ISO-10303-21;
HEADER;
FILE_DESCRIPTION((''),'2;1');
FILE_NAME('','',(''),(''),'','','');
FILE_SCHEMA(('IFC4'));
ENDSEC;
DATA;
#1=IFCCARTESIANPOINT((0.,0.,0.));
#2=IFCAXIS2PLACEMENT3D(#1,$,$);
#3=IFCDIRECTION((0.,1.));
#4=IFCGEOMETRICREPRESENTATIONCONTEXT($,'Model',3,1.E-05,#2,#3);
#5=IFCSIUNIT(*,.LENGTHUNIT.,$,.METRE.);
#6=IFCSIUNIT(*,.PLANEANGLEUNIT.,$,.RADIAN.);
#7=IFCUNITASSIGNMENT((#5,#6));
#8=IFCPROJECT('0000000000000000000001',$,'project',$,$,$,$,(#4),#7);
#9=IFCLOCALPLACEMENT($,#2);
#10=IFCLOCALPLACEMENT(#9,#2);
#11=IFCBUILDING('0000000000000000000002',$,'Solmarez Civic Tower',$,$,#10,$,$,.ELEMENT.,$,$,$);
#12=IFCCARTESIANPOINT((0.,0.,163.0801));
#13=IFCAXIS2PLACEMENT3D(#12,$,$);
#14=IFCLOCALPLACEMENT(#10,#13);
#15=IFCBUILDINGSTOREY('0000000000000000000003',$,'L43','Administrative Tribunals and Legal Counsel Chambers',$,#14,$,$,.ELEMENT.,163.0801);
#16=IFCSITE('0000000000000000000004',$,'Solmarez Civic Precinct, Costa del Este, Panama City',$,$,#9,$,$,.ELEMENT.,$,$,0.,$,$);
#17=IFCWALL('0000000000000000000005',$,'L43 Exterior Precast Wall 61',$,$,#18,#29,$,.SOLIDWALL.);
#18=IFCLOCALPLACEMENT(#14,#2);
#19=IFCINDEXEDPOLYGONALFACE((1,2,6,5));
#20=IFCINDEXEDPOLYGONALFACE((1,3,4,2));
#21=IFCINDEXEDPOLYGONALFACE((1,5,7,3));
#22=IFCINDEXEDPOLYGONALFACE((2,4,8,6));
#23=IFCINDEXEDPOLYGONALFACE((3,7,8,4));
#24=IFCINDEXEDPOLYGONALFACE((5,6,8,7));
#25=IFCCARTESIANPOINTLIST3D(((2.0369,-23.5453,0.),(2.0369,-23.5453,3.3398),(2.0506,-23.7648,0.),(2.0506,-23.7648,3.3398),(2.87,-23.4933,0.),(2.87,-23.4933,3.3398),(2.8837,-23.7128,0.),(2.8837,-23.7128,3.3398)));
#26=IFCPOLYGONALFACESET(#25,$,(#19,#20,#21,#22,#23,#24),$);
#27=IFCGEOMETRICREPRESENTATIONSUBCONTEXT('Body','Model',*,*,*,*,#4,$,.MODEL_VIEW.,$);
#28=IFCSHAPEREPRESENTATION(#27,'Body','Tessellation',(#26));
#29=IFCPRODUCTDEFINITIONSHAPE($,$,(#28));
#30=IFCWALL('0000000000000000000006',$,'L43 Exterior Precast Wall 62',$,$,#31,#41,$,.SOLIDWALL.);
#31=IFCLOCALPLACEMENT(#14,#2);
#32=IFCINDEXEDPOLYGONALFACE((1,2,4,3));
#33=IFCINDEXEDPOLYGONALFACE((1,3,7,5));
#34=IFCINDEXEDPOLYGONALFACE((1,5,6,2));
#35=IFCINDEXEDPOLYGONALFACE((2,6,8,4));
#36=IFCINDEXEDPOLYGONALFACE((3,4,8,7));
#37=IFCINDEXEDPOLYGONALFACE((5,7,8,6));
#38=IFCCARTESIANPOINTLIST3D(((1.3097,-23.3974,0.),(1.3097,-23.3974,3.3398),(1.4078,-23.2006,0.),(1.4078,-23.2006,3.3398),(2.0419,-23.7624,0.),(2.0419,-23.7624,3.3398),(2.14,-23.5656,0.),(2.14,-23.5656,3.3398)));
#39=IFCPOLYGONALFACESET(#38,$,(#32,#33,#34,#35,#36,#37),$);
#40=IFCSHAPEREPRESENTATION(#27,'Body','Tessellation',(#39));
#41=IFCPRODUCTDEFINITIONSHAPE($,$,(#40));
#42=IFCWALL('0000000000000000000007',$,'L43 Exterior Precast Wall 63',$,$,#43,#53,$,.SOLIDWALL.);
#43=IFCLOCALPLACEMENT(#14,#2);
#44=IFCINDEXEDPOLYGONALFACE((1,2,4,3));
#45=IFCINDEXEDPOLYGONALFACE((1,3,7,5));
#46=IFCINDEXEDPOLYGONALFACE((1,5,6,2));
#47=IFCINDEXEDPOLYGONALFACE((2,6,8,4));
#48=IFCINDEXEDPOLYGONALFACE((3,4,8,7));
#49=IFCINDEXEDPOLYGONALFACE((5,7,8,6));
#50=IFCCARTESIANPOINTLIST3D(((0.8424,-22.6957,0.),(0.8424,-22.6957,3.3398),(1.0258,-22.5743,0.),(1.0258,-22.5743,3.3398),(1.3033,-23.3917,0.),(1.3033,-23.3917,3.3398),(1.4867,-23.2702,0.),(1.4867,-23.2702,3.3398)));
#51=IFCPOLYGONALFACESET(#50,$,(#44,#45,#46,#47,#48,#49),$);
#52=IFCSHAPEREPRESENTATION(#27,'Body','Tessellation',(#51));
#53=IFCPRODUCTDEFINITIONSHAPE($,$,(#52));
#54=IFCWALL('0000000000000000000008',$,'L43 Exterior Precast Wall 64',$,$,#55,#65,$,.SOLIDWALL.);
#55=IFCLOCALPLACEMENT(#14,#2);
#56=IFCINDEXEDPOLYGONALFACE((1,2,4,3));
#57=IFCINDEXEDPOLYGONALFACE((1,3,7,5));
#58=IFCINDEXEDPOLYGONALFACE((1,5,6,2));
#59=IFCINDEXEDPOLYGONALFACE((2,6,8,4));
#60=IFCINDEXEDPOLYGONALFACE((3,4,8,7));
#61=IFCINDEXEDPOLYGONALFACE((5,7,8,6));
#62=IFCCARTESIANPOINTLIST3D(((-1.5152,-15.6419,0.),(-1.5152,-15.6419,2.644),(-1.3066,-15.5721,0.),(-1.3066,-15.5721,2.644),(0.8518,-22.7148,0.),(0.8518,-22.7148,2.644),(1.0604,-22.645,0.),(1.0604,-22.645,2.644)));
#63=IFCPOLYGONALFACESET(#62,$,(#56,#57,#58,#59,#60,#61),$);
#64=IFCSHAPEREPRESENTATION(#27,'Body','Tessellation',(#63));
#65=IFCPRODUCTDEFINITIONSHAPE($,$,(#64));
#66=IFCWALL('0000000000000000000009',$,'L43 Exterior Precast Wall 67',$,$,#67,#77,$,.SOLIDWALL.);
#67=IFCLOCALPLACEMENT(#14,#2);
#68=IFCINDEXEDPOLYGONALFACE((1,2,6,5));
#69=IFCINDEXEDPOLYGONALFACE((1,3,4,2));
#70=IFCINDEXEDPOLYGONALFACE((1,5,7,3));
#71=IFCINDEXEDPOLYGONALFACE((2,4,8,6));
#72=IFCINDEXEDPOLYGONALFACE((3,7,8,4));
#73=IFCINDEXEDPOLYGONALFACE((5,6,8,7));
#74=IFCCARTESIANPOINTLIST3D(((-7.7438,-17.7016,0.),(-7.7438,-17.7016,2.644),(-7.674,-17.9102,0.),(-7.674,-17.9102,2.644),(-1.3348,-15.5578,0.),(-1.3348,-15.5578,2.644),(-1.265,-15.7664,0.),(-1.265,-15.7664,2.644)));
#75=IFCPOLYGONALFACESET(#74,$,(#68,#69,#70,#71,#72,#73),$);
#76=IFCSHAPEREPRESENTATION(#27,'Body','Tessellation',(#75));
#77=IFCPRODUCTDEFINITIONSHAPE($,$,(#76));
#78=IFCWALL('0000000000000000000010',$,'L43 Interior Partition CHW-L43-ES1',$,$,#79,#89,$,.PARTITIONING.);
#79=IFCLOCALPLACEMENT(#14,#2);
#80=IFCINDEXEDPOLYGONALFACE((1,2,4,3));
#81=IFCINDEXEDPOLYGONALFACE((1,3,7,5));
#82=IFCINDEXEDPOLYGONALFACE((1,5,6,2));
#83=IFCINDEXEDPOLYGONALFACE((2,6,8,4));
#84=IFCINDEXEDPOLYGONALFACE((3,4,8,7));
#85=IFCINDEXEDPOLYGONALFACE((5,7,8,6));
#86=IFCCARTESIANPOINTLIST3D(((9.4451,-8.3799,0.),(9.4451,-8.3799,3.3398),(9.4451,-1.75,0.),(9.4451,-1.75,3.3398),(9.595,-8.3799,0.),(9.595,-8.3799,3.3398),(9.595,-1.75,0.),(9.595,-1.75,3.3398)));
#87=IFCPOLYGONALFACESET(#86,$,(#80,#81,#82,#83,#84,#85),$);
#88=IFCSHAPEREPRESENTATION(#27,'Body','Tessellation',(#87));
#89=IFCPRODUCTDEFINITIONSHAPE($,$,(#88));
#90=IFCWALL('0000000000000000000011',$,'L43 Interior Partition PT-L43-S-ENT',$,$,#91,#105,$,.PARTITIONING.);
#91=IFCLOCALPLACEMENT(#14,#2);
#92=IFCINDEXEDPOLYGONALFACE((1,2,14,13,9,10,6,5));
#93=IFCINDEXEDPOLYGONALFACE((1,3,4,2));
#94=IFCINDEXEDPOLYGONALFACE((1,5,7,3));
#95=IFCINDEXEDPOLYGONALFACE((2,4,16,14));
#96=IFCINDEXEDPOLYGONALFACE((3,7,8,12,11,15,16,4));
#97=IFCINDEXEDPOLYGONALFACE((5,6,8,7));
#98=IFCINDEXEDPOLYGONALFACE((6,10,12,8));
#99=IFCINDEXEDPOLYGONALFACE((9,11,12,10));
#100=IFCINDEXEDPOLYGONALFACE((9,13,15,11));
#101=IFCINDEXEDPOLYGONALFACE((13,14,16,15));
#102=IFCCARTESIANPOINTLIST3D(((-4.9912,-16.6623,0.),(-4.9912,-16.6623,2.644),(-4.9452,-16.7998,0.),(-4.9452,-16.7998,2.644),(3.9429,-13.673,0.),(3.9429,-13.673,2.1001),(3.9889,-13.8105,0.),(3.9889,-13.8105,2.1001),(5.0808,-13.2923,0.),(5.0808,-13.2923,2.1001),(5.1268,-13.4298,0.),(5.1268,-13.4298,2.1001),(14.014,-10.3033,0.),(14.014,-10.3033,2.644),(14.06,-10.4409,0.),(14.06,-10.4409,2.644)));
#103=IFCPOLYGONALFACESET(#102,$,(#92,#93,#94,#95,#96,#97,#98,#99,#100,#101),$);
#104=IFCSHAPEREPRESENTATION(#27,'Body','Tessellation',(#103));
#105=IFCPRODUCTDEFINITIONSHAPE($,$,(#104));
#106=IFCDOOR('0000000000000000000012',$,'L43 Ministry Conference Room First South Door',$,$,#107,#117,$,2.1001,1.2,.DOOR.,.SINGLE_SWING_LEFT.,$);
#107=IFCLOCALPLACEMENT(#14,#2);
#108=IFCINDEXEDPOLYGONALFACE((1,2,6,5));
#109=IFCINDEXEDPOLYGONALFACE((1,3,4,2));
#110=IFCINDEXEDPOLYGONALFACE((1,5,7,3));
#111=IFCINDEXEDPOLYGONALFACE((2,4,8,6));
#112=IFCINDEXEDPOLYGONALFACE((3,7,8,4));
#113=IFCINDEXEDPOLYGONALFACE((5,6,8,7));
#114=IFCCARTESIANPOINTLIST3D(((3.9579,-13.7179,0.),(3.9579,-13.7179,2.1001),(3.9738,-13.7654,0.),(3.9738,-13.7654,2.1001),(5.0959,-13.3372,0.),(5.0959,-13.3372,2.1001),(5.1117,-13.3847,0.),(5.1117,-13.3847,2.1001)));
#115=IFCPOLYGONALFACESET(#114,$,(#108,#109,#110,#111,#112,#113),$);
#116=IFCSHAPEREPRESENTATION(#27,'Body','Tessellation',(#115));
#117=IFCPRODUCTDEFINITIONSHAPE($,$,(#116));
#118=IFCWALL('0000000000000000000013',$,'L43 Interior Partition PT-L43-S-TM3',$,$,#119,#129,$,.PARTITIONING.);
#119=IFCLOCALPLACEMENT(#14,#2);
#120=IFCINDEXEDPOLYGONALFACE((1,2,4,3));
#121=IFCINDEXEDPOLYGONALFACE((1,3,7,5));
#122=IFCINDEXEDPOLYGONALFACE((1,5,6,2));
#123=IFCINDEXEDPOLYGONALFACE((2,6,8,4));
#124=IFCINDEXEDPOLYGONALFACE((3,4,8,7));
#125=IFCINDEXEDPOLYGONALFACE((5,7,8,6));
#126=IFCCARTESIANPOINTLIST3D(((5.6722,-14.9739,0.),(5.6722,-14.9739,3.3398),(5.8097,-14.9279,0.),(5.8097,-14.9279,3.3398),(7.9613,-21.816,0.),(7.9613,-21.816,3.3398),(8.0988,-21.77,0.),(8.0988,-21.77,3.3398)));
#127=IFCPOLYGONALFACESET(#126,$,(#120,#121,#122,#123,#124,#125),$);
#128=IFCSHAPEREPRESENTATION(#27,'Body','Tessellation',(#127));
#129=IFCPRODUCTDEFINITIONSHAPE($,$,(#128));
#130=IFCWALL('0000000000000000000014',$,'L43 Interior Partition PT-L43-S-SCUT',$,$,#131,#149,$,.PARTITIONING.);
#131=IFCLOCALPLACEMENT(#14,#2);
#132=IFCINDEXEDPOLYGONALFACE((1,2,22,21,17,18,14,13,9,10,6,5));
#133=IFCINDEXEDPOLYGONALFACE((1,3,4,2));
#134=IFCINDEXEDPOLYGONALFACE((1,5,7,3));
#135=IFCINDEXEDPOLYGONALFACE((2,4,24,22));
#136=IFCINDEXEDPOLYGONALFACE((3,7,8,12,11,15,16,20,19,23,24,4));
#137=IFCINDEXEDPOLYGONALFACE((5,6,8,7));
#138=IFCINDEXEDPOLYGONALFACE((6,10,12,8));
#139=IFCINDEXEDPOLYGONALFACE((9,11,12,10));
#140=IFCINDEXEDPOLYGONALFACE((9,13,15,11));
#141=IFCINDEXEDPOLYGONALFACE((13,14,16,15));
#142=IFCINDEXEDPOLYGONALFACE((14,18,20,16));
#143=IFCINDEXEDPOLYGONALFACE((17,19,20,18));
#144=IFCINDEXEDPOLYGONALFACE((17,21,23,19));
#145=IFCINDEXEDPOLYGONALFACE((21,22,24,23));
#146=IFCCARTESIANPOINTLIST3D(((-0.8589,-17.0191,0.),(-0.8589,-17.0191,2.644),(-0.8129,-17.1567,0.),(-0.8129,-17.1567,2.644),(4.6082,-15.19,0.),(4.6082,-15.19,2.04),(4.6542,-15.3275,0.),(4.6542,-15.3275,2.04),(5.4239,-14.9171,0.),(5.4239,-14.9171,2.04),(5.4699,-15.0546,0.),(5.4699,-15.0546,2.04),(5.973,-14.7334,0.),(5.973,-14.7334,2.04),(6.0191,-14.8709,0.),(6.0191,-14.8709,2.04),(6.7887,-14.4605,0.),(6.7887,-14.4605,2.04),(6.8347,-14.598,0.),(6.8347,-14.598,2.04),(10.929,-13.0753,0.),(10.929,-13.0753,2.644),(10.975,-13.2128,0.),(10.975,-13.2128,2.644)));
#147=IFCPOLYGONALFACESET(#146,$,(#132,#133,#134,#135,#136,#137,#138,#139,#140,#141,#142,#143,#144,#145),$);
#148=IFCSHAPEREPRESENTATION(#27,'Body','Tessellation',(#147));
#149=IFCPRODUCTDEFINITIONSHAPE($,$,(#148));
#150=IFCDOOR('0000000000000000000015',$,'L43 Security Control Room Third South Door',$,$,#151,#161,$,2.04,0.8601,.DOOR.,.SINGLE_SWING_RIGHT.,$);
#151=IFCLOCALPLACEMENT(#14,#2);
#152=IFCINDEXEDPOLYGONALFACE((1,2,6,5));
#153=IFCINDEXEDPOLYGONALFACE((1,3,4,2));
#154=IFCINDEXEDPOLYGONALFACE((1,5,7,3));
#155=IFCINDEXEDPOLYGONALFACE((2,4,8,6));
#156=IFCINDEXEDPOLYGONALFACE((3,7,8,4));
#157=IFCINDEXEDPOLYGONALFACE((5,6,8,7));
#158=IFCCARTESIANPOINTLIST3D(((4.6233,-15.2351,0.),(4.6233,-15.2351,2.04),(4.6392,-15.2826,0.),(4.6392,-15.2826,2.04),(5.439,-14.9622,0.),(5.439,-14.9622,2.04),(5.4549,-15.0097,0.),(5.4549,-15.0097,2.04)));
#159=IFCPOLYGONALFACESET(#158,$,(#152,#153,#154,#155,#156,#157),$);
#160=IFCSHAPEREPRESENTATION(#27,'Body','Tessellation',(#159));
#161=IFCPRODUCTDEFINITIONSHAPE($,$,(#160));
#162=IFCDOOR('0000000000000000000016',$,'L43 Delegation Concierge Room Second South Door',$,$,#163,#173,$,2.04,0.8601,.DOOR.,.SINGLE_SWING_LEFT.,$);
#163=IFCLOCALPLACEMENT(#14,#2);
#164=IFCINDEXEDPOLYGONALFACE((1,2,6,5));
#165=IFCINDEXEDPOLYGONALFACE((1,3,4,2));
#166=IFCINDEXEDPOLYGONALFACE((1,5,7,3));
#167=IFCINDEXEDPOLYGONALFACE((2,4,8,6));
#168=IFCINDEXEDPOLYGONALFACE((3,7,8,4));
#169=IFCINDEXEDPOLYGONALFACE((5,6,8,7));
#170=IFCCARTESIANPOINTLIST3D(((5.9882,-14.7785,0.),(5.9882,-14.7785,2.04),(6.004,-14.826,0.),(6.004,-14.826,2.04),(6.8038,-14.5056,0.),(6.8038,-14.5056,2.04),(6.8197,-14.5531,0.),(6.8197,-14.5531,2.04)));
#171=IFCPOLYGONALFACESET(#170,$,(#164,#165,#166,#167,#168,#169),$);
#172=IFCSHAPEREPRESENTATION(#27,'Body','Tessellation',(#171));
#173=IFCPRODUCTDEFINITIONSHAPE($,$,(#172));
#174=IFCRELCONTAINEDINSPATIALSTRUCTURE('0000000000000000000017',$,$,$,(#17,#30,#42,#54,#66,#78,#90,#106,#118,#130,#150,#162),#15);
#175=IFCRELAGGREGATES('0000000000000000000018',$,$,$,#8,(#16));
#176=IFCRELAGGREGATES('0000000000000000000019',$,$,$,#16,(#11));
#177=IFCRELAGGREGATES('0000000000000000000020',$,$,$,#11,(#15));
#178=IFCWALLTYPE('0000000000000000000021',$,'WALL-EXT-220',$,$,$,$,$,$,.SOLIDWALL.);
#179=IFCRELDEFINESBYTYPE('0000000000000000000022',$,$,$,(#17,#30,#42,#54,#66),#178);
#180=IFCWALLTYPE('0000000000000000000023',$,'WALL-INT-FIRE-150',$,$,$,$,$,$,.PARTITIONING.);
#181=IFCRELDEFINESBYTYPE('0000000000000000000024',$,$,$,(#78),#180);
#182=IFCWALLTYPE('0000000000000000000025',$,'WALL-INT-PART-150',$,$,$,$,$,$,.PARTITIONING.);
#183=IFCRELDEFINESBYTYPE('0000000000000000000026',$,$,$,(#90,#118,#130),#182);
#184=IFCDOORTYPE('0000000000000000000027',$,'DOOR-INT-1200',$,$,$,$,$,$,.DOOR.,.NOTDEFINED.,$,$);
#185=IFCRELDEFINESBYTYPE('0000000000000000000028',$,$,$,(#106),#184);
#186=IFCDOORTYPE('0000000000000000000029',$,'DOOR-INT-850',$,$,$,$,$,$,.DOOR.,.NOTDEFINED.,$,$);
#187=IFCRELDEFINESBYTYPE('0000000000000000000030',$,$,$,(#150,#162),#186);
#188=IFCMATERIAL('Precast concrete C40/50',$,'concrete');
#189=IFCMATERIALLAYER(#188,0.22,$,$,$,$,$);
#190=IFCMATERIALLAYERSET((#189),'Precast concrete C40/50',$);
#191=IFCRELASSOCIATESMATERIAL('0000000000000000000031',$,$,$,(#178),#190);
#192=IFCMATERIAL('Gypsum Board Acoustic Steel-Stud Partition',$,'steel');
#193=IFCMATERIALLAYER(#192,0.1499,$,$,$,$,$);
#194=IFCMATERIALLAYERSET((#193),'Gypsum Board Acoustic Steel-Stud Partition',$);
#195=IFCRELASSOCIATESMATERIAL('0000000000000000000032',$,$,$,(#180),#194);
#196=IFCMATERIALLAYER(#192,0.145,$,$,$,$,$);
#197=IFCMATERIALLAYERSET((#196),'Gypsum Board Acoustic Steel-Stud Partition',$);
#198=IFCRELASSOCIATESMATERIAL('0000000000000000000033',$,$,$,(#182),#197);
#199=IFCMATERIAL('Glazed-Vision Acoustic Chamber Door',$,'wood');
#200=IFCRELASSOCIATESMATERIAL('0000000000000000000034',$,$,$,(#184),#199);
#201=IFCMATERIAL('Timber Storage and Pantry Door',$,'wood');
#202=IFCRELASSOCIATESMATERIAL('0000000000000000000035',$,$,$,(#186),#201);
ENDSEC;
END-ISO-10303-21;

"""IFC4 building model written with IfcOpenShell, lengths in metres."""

from ifc_helpers import new_model, si_unit, direction, frame, frame_2d, origin, place, context, subcontext, project, spatial, rectangle, extrude, material, layer, layer_set, type_object, element, fill, save


model = new_model("IFC4")

# Units and contexts
model_context = context("Model", 3, precision=1e-05, world=origin(), true_north=direction((0.0, 1.0)))
body_context = subcontext(model_context, "Body", "Model", "MODEL_VIEW")
ifc_project = project(units=[si_unit("LENGTHUNIT", "METRE"), si_unit("PLANEANGLEUNIT", "RADIAN")], contexts=[model_context])

# Site, building, storey
site_placement = place(None, origin())
site = spatial("IfcSite", under=ifc_project, at=site_placement, Name="Solmarez Civic Precinct, Costa del Este, Panama City", CompositionType="ELEMENT", RefElevation=0.0)
building_placement = place(site_placement, origin())
building = spatial("IfcBuilding", under=site, at=building_placement, Name="Solmarez Civic Tower", CompositionType="ELEMENT")
storey_placement = place(building_placement, frame((0.0, 0.0, 163.0801)))
storey = spatial("IfcBuildingStorey", under=building, at=storey_placement, Name="L43", Description="Administrative Tribunals and Legal Counsel Chambers", CompositionType="ELEMENT", Elevation=163.0801)

# Shared definitions
ifc_material_1 = material(Name="Precast concrete C40/50", Category="concrete")
ifc_layer_1 = layer(ifc_material_1, 0.22)
ifc_layer_set_1 = layer_set([ifc_layer_1], Name="Precast concrete C40/50")
wall_type_1 = type_object("IfcWallType", Name="WALL-EXT-220", PredefinedType="SOLIDWALL", material=ifc_layer_set_1)

# Walls
wall_1_placement = place(storey_placement, frame((2.877, -23.603, 0.0), z_axis=(0.0, 0.0, 1.0), x_axis=(-0.998057, -0.062305, 0.0)))
element("IfcWall", 1, at=wall_1_placement, inside=storey, type_object=wall_type_1, Name="L43 Exterior Precast Wall 61", PredefinedType="SOLIDWALL", context=body_context, shape_type="SweptSolid", body=[
    extrude(rectangle(XDim=0.8347, YDim=0.22, at=frame_2d((0.4175, 0.0))), origin(), (0.0, 0.0, 1.0), 3.3398),
])
wall_2_placement = place(storey_placement, frame((2.0911, -23.6641, 0.0), z_axis=(0.0, 0.0, 1.0), x_axis=(-0.894964, 0.446139, 0.0)))
element("IfcWall", 2, at=wall_2_placement, inside=storey, type_object=wall_type_1, Name="L43 Exterior Precast Wall 62", PredefinedType="SOLIDWALL", context=body_context, shape_type="SweptSolid", body=[
    extrude(rectangle(XDim=0.8181, YDim=0.22, at=frame_2d((0.4092, 0.0))), origin(), (0.0, 0.0, 1.0), 3.3398),
])
wall_3_placement = place(storey_placement, frame((1.395, -23.3311, 0.0), z_axis=(0.0, 0.0, 1.0), x_axis=(-0.552133, 0.833756, 0.0)))
element("IfcWall", 3, at=wall_3_placement, inside=storey, type_object=wall_type_1, Name="L43 Exterior Precast Wall 63", PredefinedType="SOLIDWALL", context=body_context, shape_type="SweptSolid", body=[
    extrude(rectangle(XDim=0.8347, YDim=0.22, at=frame_2d((0.4175, 0.0))), origin(), (0.0, 0.0, 1.0), 3.3398),
])
wall_4_placement = place(storey_placement, frame((0.9561, -22.6799, 0.0), z_axis=(0.0, 0.0, 1.0), x_axis=(-0.317347, 0.948309, 0.0)))
element("IfcWall", 4, at=wall_4_placement, inside=storey, type_object=wall_type_1, Name="L43 Exterior Precast Wall 64", PredefinedType="SOLIDWALL", context=body_context, shape_type="SweptSolid", body=[
    extrude(rectangle(XDim=7.4585, YDim=0.22, at=frame_2d((3.7292, 0.0))), origin(), (0.0, 0.0, 1.0), 2.644),
])
wall_5_placement = place(storey_placement, frame((-1.3, -15.6621, 0.0), z_axis=(0.0, 0.0, 1.0), x_axis=(-0.94835, -0.317225, 0.0)))
element("IfcWall", 5, at=wall_5_placement, inside=storey, type_object=wall_type_1, Name="L43 Exterior Precast Wall 67", PredefinedType="SOLIDWALL", context=body_context, shape_type="SweptSolid", body=[
    extrude(rectangle(XDim=6.7581, YDim=0.22, at=frame_2d((3.3789, 0.0))), origin(), (0.0, 0.0, 1.0), 2.644),
])
ifc_material_2 = material(Name="Gypsum Board Acoustic Steel-Stud Partition", Category="steel")
ifc_layer_2 = layer(ifc_material_2, 0.1499)
ifc_layer_set_2 = layer_set([ifc_layer_2], Name="Gypsum Board Acoustic Steel-Stud Partition")
wall_type_2 = type_object("IfcWallType", Name="WALL-INT-FIRE-150", PredefinedType="PARTITIONING", material=ifc_layer_set_2)
wall_6_placement = place(storey_placement, frame((9.52, -8.3799, 0.0), z_axis=(0.0, 0.0, 1.0), x_axis=(0.0, 1.0, 0.0)))
element("IfcWall", 6, at=wall_6_placement, inside=storey, type_object=wall_type_2, Name="L43 Interior Partition CHW-L43-ES1", PredefinedType="PARTITIONING", context=body_context, shape_type="SweptSolid", body=[
    extrude(rectangle(XDim=6.6299, YDim=0.1499, at=frame_2d((3.3149, 0.0))), origin(), (0.0, 0.0, 1.0), 3.3398),
])

# Wall, opening, door
ifc_layer_3 = layer(ifc_material_2, 0.145)
ifc_layer_set_3 = layer_set([ifc_layer_3], Name="Gypsum Board Acoustic Steel-Stud Partition")
wall_type_3 = type_object("IfcWallType", Name="WALL-INT-PART-150", PredefinedType="PARTITIONING", material=ifc_layer_set_3)
wall_7_placement = place(storey_placement, frame((14.0371, -10.3721, 0.0), z_axis=(0.0, 0.0, 1.0), x_axis=(-0.948326, -0.317298, 0.0)))
wall_7 = element("IfcWall", 7, at=wall_7_placement, inside=storey, type_object=wall_type_3, Name="L43 Interior Partition PT-L43-S-ENT", PredefinedType="PARTITIONING", context=body_context, shape_type="SweptSolid", body=[
    extrude(rectangle(XDim=20.0408, YDim=0.145, at=frame_2d((10.0205, 0.0))), origin(), (0.0, 0.0, 1.0), 2.644),
])
opening_1_placement = place(wall_7_placement, frame((9.4199, 0.0, 0.0)))
opening_1 = element("IfcOpeningElement", 8, at=opening_1_placement, cuts=wall_7, PredefinedType="OPENING", context=body_context, shape_type="SweptSolid", body=[
    extrude(rectangle(XDim=1.2, YDim=2.1001, at=frame_2d((0.6001, 1.05))), frame((0.0, 0.0825, 0.0), z_axis=(0.0, -1.0, 0.0), x_axis=(1.0, 0.0, 0.0)), (0.0, 0.0, 1.0), 0.165),
])
ifc_material_3 = material(Name="Glazed-Vision Acoustic Chamber Door", Category="wood")
door_type_1 = type_object("IfcDoorType", Name="DOOR-INT-1200", OperationType="NOTDEFINED", PredefinedType="DOOR", material=ifc_material_3)
door_1_placement = place(opening_1_placement, origin())
door_1 = element("IfcDoor", 9, at=door_1_placement, inside=storey, type_object=door_type_1, Name="L43 Ministry Conference Room First South Door", OperationType="SINGLE_SWING_LEFT", OverallHeight=2.1001, OverallWidth=1.2, PredefinedType="DOOR", context=body_context, shape_type="SweptSolid", body=[
    extrude(rectangle(XDim=1.2, YDim=2.1001, at=frame_2d((0.6001, 1.05))), frame((0.0, 0.0249, 0.0), z_axis=(0.0, -1.0, 0.0), x_axis=(1.0, 0.0, 0.0)), (0.0, 0.0, 1.0), 0.05),
])
fill(opening_1, door_1)

# Wall
wall_8_placement = place(storey_placement, frame((5.741, -14.9509, 0.0), z_axis=(0.0, 0.0, 1.0), x_axis=(0.317273, -0.948334, 0.0)))
element("IfcWall", 10, at=wall_8_placement, inside=storey, type_object=wall_type_3, Name="L43 Interior Partition PT-L43-S-TM3", PredefinedType="PARTITIONING", context=body_context, shape_type="SweptSolid", body=[
    extrude(rectangle(XDim=7.2148, YDim=0.145, at=frame_2d((3.6074, 0.0))), origin(), (0.0, 0.0, 1.0), 3.3398),
])

# Wall, openings, doors
wall_9_placement = place(storey_placement, frame((-0.8359, -17.0879, 0.0), z_axis=(0.0, 0.0, 1.0), x_axis=(0.948331, 0.317282, 0.0)))
wall_9 = element("IfcWall", 11, at=wall_9_placement, inside=storey, type_object=wall_type_3, Name="L43 Interior Partition PT-L43-S-SCUT", PredefinedType="PARTITIONING", context=body_context, shape_type="SweptSolid", body=[
    extrude(rectangle(XDim=12.4302, YDim=0.145, at=frame_2d((6.2151, 0.0))), origin(), (0.0, 0.0, 1.0), 2.644),
])
opening_2_placement = place(wall_9_placement, frame((5.7649, 0.0, 0.0)))
opening_2 = element("IfcOpeningElement", 12, at=opening_2_placement, cuts=wall_9, PredefinedType="OPENING", context=body_context, shape_type="SweptSolid", body=[
    extrude(rectangle(XDim=0.8601, YDim=2.04, at=frame_2d((0.4302, 1.02))), frame((0.0, 0.0825, 0.0), z_axis=(0.0, -1.0, 0.0), x_axis=(1.0, 0.0, 0.0)), (0.0, 0.0, 1.0), 0.165),
])
opening_3_placement = place(wall_9_placement, frame((7.2041, 0.0, 0.0)))
opening_3 = element("IfcOpeningElement", 13, at=opening_3_placement, cuts=wall_9, PredefinedType="OPENING", context=body_context, shape_type="SweptSolid", body=[
    extrude(rectangle(XDim=0.8601, YDim=2.04, at=frame_2d((0.4302, 1.02))), frame((0.0, 0.0825, 0.0), z_axis=(0.0, -1.0, 0.0), x_axis=(1.0, 0.0, 0.0)), (0.0, 0.0, 1.0), 0.165),
])
ifc_material_4 = material(Name="Timber Storage and Pantry Door", Category="wood")
door_type_2 = type_object("IfcDoorType", Name="DOOR-INT-850", OperationType="NOTDEFINED", PredefinedType="DOOR", material=ifc_material_4)
door_2_placement = place(opening_2_placement, origin())
door_2 = element("IfcDoor", 14, at=door_2_placement, inside=storey, type_object=door_type_2, Name="L43 Security Control Room Third South Door", OperationType="SINGLE_SWING_RIGHT", OverallHeight=2.04, OverallWidth=0.8601, PredefinedType="DOOR", context=body_context, shape_type="SweptSolid", body=[
    extrude(rectangle(XDim=0.8601, YDim=2.04, at=frame_2d((0.4302, 1.02))), frame((0.0, 0.0249, 0.0), z_axis=(0.0, -1.0, 0.0), x_axis=(1.0, 0.0, 0.0)), (0.0, 0.0, 1.0), 0.05),
])
fill(opening_2, door_2)
door_3_placement = place(opening_3_placement, origin())
door_3 = element("IfcDoor", 15, at=door_3_placement, inside=storey, type_object=door_type_2, Name="L43 Delegation Concierge Room Second South Door", OperationType="SINGLE_SWING_LEFT", OverallHeight=2.04, OverallWidth=0.8601, PredefinedType="DOOR", context=body_context, shape_type="SweptSolid", body=[
    extrude(rectangle(XDim=0.8601, YDim=2.04, at=frame_2d((0.4302, 1.02))), frame((0.0, 0.0249, 0.0), z_axis=(0.0, -1.0, 0.0), x_axis=(1.0, 0.0, 0.0)), (0.0, 0.0, 1.0), 0.05),
])
fill(opening_3, door_3)

save(model, "model.ifc")
